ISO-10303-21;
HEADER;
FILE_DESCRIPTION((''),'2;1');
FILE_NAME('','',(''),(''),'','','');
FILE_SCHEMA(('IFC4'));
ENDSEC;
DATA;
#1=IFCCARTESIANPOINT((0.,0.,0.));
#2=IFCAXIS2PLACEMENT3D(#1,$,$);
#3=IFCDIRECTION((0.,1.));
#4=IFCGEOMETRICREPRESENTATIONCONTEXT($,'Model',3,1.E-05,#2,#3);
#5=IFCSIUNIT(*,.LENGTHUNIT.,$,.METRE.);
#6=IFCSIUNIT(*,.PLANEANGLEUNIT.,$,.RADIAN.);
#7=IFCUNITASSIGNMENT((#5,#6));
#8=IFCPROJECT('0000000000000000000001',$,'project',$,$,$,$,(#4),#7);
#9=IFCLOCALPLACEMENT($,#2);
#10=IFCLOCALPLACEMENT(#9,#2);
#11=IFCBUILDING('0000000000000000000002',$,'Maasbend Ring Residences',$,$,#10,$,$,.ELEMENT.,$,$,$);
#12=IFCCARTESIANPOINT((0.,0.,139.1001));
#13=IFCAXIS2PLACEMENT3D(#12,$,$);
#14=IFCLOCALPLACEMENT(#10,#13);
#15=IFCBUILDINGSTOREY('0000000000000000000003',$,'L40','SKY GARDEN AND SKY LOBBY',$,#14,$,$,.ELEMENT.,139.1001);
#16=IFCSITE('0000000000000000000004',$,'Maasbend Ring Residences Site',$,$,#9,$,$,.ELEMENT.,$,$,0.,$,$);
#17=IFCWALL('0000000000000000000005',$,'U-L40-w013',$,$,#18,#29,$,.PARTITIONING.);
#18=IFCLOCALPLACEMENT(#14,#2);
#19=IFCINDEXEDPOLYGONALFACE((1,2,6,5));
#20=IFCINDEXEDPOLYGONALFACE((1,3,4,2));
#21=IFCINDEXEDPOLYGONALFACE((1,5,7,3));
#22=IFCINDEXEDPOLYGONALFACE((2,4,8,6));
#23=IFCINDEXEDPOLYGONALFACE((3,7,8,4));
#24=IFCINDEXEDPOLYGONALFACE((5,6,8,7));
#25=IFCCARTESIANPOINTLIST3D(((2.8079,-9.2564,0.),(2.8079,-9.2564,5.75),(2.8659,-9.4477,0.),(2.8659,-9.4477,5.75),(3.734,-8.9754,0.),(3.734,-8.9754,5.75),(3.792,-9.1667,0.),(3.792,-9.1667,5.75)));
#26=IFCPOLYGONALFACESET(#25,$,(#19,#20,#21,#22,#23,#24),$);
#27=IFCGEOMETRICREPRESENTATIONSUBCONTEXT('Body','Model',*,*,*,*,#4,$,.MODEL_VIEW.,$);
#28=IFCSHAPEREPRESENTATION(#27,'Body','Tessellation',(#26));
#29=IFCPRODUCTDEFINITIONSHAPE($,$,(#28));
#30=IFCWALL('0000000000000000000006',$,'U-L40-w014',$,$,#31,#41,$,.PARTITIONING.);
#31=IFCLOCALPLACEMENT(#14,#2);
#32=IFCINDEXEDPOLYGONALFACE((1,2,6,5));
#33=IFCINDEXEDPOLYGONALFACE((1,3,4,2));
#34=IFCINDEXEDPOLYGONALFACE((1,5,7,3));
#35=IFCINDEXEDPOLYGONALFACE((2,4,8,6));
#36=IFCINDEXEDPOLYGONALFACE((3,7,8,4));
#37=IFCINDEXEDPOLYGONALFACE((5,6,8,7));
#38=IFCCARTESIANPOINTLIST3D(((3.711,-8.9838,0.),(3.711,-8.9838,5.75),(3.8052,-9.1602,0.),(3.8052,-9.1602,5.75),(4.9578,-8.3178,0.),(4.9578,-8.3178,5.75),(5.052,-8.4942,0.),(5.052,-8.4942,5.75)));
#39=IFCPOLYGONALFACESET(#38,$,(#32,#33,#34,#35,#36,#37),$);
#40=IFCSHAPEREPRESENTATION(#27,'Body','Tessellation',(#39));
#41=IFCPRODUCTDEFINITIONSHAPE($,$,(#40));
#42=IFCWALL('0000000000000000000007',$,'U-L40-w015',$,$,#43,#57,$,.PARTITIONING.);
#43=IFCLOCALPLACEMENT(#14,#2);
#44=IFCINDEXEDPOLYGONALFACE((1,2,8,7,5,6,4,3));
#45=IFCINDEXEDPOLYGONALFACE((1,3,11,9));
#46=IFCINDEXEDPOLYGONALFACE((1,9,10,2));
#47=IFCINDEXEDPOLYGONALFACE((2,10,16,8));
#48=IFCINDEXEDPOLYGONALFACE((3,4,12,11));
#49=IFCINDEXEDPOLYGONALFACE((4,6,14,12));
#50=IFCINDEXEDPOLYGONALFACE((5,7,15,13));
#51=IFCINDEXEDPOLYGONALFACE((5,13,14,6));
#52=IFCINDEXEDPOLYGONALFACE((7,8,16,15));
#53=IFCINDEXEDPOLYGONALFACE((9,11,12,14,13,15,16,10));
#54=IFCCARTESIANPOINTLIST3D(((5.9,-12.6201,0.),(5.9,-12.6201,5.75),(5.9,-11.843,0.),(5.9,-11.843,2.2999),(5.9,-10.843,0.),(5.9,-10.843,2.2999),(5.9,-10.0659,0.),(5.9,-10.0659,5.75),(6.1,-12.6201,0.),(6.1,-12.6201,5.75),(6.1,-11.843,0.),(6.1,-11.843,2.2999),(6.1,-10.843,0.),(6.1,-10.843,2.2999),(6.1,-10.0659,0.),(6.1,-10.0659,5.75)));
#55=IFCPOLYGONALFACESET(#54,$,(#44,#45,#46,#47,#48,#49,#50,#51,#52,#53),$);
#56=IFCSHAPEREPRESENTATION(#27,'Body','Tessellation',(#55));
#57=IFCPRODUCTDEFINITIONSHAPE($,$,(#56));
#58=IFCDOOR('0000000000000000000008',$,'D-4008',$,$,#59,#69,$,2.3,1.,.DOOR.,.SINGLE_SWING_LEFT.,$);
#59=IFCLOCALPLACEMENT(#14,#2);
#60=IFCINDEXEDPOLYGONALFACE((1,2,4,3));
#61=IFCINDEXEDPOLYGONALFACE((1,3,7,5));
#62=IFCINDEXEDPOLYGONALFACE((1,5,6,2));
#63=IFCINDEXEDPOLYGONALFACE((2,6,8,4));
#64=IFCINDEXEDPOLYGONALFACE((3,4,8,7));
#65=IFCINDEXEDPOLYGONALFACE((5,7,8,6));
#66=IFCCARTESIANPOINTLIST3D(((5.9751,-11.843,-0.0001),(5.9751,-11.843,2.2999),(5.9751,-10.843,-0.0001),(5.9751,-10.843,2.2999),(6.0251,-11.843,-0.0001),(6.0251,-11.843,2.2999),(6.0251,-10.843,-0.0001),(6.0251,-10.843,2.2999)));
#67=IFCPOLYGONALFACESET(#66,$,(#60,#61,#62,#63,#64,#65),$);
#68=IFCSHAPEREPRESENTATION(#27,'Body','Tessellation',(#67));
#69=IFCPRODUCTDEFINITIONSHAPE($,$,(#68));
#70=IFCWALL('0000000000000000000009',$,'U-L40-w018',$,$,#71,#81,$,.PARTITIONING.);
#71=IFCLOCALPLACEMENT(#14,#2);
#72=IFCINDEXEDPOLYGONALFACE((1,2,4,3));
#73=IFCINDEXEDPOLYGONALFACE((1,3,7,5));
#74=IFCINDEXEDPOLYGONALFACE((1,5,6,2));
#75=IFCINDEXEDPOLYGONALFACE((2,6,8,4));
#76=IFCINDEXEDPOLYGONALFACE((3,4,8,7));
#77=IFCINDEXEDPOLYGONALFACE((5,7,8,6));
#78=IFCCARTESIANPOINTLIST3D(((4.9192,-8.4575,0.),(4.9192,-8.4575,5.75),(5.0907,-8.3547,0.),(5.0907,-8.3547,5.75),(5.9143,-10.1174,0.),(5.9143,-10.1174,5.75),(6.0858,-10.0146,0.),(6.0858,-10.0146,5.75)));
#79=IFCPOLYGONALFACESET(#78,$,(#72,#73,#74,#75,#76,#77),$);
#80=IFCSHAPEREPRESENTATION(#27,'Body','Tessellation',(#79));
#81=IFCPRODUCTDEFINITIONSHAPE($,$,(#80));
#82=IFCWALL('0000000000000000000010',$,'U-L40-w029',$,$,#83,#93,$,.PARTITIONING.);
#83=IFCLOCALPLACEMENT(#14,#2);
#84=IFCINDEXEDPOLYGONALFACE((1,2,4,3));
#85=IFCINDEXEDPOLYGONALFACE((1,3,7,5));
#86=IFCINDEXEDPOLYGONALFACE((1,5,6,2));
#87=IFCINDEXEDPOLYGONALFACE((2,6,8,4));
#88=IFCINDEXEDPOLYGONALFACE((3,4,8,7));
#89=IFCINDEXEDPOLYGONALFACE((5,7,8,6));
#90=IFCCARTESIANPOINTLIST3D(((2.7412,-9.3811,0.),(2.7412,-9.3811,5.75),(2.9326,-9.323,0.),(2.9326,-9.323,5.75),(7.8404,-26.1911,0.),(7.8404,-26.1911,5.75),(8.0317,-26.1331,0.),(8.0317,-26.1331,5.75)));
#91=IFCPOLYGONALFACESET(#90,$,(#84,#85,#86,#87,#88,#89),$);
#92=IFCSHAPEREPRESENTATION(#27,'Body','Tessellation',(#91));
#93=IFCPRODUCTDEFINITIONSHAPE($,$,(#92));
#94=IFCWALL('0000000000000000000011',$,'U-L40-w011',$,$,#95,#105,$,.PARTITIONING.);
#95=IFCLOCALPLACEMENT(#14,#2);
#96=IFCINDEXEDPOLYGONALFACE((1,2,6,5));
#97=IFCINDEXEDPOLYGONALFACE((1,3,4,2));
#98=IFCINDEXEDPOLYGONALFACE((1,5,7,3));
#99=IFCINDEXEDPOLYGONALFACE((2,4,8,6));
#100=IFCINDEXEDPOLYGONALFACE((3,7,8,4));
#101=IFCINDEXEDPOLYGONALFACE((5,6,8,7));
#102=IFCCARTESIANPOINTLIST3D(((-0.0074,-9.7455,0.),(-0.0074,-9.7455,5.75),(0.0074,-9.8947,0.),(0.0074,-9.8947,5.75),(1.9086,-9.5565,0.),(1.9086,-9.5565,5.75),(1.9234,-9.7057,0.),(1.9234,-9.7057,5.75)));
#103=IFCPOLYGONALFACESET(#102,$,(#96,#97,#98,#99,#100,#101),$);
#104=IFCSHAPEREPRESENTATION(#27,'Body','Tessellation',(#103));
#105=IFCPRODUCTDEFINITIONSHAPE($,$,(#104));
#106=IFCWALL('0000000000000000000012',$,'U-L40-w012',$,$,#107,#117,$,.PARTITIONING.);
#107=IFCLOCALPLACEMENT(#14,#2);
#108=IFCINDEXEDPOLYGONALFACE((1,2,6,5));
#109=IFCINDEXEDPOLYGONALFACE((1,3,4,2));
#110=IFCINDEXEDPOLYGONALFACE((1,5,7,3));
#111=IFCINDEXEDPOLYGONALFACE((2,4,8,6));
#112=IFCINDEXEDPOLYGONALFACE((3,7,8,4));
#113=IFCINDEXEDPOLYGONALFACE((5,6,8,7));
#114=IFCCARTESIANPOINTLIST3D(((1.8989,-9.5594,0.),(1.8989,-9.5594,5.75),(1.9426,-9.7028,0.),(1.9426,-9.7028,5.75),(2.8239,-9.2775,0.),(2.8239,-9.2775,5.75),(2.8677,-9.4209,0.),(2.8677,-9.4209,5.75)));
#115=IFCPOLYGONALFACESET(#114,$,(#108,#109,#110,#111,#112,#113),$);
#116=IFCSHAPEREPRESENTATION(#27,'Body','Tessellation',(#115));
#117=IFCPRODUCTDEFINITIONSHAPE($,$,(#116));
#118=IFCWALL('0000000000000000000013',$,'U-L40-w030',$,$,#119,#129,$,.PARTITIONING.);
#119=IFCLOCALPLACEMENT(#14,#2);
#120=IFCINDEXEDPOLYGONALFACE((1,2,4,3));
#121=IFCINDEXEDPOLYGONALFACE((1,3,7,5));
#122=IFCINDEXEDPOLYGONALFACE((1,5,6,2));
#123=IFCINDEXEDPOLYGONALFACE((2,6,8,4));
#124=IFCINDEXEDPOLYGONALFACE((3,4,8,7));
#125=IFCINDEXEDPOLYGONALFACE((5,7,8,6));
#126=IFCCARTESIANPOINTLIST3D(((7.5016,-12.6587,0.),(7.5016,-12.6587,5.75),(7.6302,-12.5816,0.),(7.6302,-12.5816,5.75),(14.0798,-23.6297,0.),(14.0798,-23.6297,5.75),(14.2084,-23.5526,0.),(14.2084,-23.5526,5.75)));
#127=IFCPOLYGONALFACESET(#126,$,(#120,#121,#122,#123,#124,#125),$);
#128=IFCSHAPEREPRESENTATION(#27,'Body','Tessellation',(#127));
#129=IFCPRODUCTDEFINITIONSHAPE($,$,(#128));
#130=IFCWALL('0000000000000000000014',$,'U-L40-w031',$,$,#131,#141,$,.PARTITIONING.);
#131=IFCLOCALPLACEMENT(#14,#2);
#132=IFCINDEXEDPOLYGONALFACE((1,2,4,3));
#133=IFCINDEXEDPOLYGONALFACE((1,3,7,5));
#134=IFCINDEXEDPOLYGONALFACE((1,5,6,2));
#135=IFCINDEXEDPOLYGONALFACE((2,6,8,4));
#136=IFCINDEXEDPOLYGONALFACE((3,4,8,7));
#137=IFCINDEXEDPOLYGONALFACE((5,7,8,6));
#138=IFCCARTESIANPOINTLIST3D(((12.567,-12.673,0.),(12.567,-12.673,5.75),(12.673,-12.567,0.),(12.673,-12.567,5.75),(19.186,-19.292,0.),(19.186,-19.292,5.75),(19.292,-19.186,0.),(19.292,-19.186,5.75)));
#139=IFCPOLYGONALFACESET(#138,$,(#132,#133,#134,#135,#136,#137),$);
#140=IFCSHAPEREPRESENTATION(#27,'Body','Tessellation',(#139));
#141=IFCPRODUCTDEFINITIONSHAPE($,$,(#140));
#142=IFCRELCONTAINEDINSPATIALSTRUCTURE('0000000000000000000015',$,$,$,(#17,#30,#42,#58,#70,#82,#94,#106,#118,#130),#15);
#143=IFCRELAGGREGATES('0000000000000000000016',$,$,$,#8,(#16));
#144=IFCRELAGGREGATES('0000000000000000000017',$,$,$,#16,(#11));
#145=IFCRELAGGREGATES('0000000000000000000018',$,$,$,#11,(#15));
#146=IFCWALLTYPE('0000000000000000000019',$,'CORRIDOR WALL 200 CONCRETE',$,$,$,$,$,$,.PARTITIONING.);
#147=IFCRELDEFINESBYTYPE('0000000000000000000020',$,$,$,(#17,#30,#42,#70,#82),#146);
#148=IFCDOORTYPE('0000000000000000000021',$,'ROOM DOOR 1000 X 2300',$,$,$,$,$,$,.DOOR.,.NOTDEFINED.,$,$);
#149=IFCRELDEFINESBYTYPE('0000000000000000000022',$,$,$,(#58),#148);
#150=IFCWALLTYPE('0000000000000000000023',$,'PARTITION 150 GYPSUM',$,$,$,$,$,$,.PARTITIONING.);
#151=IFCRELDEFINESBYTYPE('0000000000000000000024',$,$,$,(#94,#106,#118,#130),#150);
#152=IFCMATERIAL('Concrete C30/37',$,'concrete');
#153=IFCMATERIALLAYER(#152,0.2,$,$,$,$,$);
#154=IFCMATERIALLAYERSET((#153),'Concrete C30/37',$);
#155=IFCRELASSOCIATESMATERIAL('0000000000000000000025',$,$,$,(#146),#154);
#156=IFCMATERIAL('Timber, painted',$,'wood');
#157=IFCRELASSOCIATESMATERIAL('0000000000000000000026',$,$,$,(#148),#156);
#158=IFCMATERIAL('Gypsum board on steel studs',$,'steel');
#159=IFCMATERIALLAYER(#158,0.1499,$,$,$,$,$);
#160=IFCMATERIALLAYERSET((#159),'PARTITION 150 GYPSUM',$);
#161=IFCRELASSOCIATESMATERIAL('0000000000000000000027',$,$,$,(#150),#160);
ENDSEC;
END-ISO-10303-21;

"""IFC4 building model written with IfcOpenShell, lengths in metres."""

from ifc_helpers import new_model, si_unit, direction, frame, frame_2d, origin, place, context, subcontext, project, spatial, rectangle, extrude, material, layer, layer_set, type_object, element, fill, save


model = new_model("IFC4")

# Units and contexts
model_context = context("Model", 3, precision=1e-05, world=origin(), true_north=direction((0.0, 1.0)))
body_context = subcontext(model_context, "Body", "Model", "MODEL_VIEW")
ifc_project = project(units=[si_unit("LENGTHUNIT", "METRE"), si_unit("PLANEANGLEUNIT", "RADIAN")], contexts=[model_context])

# Site, building, storey
site_placement = place(None, origin())
site = spatial("IfcSite", under=ifc_project, at=site_placement, Name="Maasbend Ring Residences Site", CompositionType="ELEMENT", RefElevation=0.0)
building_placement = place(site_placement, origin())
building = spatial("IfcBuilding", under=site, at=building_placement, Name="Maasbend Ring Residences", CompositionType="ELEMENT")
storey_placement = place(building_placement, frame((0.0, 0.0, 139.1001)))
storey = spatial("IfcBuildingStorey", under=building, at=storey_placement, Name="L40", Description="SKY GARDEN AND SKY LOBBY", CompositionType="ELEMENT", Elevation=139.1001)

# Shared definitions
ifc_material_1 = material(Name="Concrete C30/37", Category="concrete")
ifc_layer_1 = layer(ifc_material_1, 0.2)
ifc_layer_set_1 = layer_set([ifc_layer_1], Name="Concrete C30/37")
wall_type_1 = type_object("IfcWallType", Name="CORRIDOR WALL 200 CONCRETE", PredefinedType="PARTITIONING", material=ifc_layer_set_1)
ifc_material_2 = material(Name="Timber, painted", Category="wood")
door_type_1 = type_object("IfcDoorType", Name="ROOM DOOR 1000 X 2300", OperationType="NOTDEFINED", PredefinedType="DOOR", material=ifc_material_2)

# Walls
wall_1_placement = place(storey_placement, frame((2.8369, -9.3521, 0.0), z_axis=(0.0, 0.0, 1.0), x_axis=(0.956912, 0.290378, 0.0)))
element("IfcWall", 1, at=wall_1_placement, inside=storey, type_object=wall_type_1, Name="U-L40-w013", PredefinedType="PARTITIONING", context=body_context, shape_type="SweptSolid", body=[
    extrude(rectangle(XDim=0.9678, YDim=0.2, at=frame_2d((0.4839, 0.0))), origin(), (0.0, 0.0, 1.0), 5.75),
])
wall_2_placement = place(storey_placement, frame((3.7581, -9.072, 0.0), z_axis=(0.0, 0.0, 1.0), x_axis=(0.882047, 0.471162, 0.0)))
element("IfcWall", 2, at=wall_2_placement, inside=storey, type_object=wall_type_1, Name="U-L40-w014", PredefinedType="PARTITIONING", context=body_context, shape_type="SweptSolid", body=[
    extrude(rectangle(XDim=1.4136, YDim=0.2, at=frame_2d((0.7068, 0.0))), origin(), (0.0, 0.0, 1.0), 5.75),
])

# Wall, opening, door
wall_3_placement = place(storey_placement, frame((6.0, -12.6201, 0.0), z_axis=(0.0, 0.0, 1.0), x_axis=(0.0, 1.0, 0.0)))
wall_3 = element("IfcWall", 3, at=wall_3_placement, inside=storey, type_object=wall_type_1, Name="U-L40-w015", PredefinedType="PARTITIONING", context=body_context, shape_type="SweptSolid", body=[
    extrude(rectangle(XDim=2.5542, YDim=0.2, at=frame_2d((1.2771, 0.0))), origin(), (0.0, 0.0, 1.0), 5.75),
])
opening_1_placement = place(wall_3_placement, frame((0.7771, 0.0, 0.0)))
opening_1 = element("IfcOpeningElement", 4, at=opening_1_placement, cuts=wall_3, PredefinedType="OPENING", context=body_context, shape_type="SweptSolid", body=[
    extrude(rectangle(XDim=1.0, YDim=2.3, at=frame_2d((0.5, 1.1499))), frame((0.0, 0.1099, 0.0), z_axis=(0.0, -1.0, 0.0), x_axis=(1.0, 0.0, 0.0)), (0.0, 0.0, 1.0), 0.22),
])
door_1_placement = place(opening_1_placement, origin())
door_1 = element("IfcDoor", 5, at=door_1_placement, inside=storey, type_object=door_type_1, Name="D-4008", OperationType="SINGLE_SWING_LEFT", OverallHeight=2.3, OverallWidth=1.0, PredefinedType="DOOR", context=body_context, shape_type="SweptSolid", body=[
    extrude(rectangle(XDim=1.0, YDim=2.3, at=frame_2d((0.5, 1.1499))), frame((0.0, 0.0249, 0.0), z_axis=(0.0, -1.0, 0.0), x_axis=(1.0, 0.0, 0.0)), (0.0, 0.0, 1.0), 0.05),
])
fill(opening_1, door_1)

# Walls
wall_4_placement = place(storey_placement, frame((5.0049, -8.406, 0.0), z_axis=(0.0, 0.0, 1.0), x_axis=(0.51418, -0.857682, 0.0)))
element("IfcWall", 6, at=wall_4_placement, inside=storey, type_object=wall_type_1, Name="U-L40-w018", PredefinedType="PARTITIONING", context=body_context, shape_type="SweptSolid", body=[
    extrude(rectangle(XDim=1.9353, YDim=0.2, at=frame_2d((0.9678, 0.0))), origin(), (0.0, 0.0, 1.0), 5.75),
])
wall_5_placement = place(storey_placement, frame((2.8369, -9.3521, 0.0), z_axis=(0.0, 0.0, 1.0), x_axis=(0.290277, -0.956943, 0.0)))
element("IfcWall", 7, at=wall_5_placement, inside=storey, type_object=wall_type_1, Name="U-L40-w029", PredefinedType="PARTITIONING", context=body_context, shape_type="SweptSolid", body=[
    extrude(rectangle(XDim=17.5664, YDim=0.2, at=frame_2d((8.7832, 0.0))), origin(), (0.0, 0.0, 1.0), 5.75),
])
ifc_material_3 = material(Name="Gypsum board on steel studs", Category="steel")
ifc_layer_2 = layer(ifc_material_3, 0.1499)
ifc_layer_set_2 = layer_set([ifc_layer_2], Name="PARTITION 150 GYPSUM")
wall_type_2 = type_object("IfcWallType", Name="PARTITION 150 GYPSUM", PredefinedType="PARTITIONING", material=ifc_layer_set_2)
wall_6_placement = place(storey_placement, frame((0.0, -9.8201, 0.0), z_axis=(0.0, 0.0, 1.0), x_axis=(0.995172, 0.098148, 0.0)))
element("IfcWall", 8, at=wall_6_placement, inside=storey, type_object=wall_type_2, Name="U-L40-w011", PredefinedType="PARTITIONING", context=body_context, shape_type="SweptSolid", body=[
    extrude(rectangle(XDim=1.9253, YDim=0.1499, at=frame_2d((0.9626, 0.0))), origin(), (0.0, 0.0, 1.0), 5.75),
])
wall_7_placement = place(storey_placement, frame((1.9209, -9.6311, 0.0), z_axis=(0.0, 0.0, 1.0), x_axis=(0.956545, 0.291584, 0.0)))
element("IfcWall", 9, at=wall_7_placement, inside=storey, type_object=wall_type_2, Name="U-L40-w012", PredefinedType="PARTITIONING", context=body_context, shape_type="SweptSolid", body=[
    extrude(rectangle(XDim=0.967, YDim=0.1499, at=frame_2d((0.4834, 0.0))), origin(), (0.0, 0.0, 1.0), 5.75),
])
wall_8_placement = place(storey_placement, frame((7.5659, -12.6201, 0.0), z_axis=(0.0, 0.0, 1.0), x_axis=(0.51424, -0.857646, 0.0)))
element("IfcWall", 10, at=wall_8_placement, inside=storey, type_object=wall_type_2, Name="U-L40-w030", PredefinedType="PARTITIONING", context=body_context, shape_type="SweptSolid", body=[
    extrude(rectangle(XDim=12.792, YDim=0.1499, at=frame_2d((6.396, 0.0))), origin(), (0.0, 0.0, 1.0), 5.75),
])
wall_9_placement = place(storey_placement, frame((12.6201, -12.6201, 0.0), z_axis=(0.0, 0.0, 1.0), x_axis=(0.707107, -0.707107, 0.0)))
element("IfcWall", 11, at=wall_9_placement, inside=storey, type_object=wall_type_2, Name="U-L40-w031", PredefinedType="PARTITIONING", context=body_context, shape_type="SweptSolid", body=[
    extrude(rectangle(XDim=9.3606, YDim=0.1499, at=frame_2d((4.6802, 0.0))), origin(), (0.0, 0.0, 1.0), 5.75),
])

save(model, "model.ifc")
